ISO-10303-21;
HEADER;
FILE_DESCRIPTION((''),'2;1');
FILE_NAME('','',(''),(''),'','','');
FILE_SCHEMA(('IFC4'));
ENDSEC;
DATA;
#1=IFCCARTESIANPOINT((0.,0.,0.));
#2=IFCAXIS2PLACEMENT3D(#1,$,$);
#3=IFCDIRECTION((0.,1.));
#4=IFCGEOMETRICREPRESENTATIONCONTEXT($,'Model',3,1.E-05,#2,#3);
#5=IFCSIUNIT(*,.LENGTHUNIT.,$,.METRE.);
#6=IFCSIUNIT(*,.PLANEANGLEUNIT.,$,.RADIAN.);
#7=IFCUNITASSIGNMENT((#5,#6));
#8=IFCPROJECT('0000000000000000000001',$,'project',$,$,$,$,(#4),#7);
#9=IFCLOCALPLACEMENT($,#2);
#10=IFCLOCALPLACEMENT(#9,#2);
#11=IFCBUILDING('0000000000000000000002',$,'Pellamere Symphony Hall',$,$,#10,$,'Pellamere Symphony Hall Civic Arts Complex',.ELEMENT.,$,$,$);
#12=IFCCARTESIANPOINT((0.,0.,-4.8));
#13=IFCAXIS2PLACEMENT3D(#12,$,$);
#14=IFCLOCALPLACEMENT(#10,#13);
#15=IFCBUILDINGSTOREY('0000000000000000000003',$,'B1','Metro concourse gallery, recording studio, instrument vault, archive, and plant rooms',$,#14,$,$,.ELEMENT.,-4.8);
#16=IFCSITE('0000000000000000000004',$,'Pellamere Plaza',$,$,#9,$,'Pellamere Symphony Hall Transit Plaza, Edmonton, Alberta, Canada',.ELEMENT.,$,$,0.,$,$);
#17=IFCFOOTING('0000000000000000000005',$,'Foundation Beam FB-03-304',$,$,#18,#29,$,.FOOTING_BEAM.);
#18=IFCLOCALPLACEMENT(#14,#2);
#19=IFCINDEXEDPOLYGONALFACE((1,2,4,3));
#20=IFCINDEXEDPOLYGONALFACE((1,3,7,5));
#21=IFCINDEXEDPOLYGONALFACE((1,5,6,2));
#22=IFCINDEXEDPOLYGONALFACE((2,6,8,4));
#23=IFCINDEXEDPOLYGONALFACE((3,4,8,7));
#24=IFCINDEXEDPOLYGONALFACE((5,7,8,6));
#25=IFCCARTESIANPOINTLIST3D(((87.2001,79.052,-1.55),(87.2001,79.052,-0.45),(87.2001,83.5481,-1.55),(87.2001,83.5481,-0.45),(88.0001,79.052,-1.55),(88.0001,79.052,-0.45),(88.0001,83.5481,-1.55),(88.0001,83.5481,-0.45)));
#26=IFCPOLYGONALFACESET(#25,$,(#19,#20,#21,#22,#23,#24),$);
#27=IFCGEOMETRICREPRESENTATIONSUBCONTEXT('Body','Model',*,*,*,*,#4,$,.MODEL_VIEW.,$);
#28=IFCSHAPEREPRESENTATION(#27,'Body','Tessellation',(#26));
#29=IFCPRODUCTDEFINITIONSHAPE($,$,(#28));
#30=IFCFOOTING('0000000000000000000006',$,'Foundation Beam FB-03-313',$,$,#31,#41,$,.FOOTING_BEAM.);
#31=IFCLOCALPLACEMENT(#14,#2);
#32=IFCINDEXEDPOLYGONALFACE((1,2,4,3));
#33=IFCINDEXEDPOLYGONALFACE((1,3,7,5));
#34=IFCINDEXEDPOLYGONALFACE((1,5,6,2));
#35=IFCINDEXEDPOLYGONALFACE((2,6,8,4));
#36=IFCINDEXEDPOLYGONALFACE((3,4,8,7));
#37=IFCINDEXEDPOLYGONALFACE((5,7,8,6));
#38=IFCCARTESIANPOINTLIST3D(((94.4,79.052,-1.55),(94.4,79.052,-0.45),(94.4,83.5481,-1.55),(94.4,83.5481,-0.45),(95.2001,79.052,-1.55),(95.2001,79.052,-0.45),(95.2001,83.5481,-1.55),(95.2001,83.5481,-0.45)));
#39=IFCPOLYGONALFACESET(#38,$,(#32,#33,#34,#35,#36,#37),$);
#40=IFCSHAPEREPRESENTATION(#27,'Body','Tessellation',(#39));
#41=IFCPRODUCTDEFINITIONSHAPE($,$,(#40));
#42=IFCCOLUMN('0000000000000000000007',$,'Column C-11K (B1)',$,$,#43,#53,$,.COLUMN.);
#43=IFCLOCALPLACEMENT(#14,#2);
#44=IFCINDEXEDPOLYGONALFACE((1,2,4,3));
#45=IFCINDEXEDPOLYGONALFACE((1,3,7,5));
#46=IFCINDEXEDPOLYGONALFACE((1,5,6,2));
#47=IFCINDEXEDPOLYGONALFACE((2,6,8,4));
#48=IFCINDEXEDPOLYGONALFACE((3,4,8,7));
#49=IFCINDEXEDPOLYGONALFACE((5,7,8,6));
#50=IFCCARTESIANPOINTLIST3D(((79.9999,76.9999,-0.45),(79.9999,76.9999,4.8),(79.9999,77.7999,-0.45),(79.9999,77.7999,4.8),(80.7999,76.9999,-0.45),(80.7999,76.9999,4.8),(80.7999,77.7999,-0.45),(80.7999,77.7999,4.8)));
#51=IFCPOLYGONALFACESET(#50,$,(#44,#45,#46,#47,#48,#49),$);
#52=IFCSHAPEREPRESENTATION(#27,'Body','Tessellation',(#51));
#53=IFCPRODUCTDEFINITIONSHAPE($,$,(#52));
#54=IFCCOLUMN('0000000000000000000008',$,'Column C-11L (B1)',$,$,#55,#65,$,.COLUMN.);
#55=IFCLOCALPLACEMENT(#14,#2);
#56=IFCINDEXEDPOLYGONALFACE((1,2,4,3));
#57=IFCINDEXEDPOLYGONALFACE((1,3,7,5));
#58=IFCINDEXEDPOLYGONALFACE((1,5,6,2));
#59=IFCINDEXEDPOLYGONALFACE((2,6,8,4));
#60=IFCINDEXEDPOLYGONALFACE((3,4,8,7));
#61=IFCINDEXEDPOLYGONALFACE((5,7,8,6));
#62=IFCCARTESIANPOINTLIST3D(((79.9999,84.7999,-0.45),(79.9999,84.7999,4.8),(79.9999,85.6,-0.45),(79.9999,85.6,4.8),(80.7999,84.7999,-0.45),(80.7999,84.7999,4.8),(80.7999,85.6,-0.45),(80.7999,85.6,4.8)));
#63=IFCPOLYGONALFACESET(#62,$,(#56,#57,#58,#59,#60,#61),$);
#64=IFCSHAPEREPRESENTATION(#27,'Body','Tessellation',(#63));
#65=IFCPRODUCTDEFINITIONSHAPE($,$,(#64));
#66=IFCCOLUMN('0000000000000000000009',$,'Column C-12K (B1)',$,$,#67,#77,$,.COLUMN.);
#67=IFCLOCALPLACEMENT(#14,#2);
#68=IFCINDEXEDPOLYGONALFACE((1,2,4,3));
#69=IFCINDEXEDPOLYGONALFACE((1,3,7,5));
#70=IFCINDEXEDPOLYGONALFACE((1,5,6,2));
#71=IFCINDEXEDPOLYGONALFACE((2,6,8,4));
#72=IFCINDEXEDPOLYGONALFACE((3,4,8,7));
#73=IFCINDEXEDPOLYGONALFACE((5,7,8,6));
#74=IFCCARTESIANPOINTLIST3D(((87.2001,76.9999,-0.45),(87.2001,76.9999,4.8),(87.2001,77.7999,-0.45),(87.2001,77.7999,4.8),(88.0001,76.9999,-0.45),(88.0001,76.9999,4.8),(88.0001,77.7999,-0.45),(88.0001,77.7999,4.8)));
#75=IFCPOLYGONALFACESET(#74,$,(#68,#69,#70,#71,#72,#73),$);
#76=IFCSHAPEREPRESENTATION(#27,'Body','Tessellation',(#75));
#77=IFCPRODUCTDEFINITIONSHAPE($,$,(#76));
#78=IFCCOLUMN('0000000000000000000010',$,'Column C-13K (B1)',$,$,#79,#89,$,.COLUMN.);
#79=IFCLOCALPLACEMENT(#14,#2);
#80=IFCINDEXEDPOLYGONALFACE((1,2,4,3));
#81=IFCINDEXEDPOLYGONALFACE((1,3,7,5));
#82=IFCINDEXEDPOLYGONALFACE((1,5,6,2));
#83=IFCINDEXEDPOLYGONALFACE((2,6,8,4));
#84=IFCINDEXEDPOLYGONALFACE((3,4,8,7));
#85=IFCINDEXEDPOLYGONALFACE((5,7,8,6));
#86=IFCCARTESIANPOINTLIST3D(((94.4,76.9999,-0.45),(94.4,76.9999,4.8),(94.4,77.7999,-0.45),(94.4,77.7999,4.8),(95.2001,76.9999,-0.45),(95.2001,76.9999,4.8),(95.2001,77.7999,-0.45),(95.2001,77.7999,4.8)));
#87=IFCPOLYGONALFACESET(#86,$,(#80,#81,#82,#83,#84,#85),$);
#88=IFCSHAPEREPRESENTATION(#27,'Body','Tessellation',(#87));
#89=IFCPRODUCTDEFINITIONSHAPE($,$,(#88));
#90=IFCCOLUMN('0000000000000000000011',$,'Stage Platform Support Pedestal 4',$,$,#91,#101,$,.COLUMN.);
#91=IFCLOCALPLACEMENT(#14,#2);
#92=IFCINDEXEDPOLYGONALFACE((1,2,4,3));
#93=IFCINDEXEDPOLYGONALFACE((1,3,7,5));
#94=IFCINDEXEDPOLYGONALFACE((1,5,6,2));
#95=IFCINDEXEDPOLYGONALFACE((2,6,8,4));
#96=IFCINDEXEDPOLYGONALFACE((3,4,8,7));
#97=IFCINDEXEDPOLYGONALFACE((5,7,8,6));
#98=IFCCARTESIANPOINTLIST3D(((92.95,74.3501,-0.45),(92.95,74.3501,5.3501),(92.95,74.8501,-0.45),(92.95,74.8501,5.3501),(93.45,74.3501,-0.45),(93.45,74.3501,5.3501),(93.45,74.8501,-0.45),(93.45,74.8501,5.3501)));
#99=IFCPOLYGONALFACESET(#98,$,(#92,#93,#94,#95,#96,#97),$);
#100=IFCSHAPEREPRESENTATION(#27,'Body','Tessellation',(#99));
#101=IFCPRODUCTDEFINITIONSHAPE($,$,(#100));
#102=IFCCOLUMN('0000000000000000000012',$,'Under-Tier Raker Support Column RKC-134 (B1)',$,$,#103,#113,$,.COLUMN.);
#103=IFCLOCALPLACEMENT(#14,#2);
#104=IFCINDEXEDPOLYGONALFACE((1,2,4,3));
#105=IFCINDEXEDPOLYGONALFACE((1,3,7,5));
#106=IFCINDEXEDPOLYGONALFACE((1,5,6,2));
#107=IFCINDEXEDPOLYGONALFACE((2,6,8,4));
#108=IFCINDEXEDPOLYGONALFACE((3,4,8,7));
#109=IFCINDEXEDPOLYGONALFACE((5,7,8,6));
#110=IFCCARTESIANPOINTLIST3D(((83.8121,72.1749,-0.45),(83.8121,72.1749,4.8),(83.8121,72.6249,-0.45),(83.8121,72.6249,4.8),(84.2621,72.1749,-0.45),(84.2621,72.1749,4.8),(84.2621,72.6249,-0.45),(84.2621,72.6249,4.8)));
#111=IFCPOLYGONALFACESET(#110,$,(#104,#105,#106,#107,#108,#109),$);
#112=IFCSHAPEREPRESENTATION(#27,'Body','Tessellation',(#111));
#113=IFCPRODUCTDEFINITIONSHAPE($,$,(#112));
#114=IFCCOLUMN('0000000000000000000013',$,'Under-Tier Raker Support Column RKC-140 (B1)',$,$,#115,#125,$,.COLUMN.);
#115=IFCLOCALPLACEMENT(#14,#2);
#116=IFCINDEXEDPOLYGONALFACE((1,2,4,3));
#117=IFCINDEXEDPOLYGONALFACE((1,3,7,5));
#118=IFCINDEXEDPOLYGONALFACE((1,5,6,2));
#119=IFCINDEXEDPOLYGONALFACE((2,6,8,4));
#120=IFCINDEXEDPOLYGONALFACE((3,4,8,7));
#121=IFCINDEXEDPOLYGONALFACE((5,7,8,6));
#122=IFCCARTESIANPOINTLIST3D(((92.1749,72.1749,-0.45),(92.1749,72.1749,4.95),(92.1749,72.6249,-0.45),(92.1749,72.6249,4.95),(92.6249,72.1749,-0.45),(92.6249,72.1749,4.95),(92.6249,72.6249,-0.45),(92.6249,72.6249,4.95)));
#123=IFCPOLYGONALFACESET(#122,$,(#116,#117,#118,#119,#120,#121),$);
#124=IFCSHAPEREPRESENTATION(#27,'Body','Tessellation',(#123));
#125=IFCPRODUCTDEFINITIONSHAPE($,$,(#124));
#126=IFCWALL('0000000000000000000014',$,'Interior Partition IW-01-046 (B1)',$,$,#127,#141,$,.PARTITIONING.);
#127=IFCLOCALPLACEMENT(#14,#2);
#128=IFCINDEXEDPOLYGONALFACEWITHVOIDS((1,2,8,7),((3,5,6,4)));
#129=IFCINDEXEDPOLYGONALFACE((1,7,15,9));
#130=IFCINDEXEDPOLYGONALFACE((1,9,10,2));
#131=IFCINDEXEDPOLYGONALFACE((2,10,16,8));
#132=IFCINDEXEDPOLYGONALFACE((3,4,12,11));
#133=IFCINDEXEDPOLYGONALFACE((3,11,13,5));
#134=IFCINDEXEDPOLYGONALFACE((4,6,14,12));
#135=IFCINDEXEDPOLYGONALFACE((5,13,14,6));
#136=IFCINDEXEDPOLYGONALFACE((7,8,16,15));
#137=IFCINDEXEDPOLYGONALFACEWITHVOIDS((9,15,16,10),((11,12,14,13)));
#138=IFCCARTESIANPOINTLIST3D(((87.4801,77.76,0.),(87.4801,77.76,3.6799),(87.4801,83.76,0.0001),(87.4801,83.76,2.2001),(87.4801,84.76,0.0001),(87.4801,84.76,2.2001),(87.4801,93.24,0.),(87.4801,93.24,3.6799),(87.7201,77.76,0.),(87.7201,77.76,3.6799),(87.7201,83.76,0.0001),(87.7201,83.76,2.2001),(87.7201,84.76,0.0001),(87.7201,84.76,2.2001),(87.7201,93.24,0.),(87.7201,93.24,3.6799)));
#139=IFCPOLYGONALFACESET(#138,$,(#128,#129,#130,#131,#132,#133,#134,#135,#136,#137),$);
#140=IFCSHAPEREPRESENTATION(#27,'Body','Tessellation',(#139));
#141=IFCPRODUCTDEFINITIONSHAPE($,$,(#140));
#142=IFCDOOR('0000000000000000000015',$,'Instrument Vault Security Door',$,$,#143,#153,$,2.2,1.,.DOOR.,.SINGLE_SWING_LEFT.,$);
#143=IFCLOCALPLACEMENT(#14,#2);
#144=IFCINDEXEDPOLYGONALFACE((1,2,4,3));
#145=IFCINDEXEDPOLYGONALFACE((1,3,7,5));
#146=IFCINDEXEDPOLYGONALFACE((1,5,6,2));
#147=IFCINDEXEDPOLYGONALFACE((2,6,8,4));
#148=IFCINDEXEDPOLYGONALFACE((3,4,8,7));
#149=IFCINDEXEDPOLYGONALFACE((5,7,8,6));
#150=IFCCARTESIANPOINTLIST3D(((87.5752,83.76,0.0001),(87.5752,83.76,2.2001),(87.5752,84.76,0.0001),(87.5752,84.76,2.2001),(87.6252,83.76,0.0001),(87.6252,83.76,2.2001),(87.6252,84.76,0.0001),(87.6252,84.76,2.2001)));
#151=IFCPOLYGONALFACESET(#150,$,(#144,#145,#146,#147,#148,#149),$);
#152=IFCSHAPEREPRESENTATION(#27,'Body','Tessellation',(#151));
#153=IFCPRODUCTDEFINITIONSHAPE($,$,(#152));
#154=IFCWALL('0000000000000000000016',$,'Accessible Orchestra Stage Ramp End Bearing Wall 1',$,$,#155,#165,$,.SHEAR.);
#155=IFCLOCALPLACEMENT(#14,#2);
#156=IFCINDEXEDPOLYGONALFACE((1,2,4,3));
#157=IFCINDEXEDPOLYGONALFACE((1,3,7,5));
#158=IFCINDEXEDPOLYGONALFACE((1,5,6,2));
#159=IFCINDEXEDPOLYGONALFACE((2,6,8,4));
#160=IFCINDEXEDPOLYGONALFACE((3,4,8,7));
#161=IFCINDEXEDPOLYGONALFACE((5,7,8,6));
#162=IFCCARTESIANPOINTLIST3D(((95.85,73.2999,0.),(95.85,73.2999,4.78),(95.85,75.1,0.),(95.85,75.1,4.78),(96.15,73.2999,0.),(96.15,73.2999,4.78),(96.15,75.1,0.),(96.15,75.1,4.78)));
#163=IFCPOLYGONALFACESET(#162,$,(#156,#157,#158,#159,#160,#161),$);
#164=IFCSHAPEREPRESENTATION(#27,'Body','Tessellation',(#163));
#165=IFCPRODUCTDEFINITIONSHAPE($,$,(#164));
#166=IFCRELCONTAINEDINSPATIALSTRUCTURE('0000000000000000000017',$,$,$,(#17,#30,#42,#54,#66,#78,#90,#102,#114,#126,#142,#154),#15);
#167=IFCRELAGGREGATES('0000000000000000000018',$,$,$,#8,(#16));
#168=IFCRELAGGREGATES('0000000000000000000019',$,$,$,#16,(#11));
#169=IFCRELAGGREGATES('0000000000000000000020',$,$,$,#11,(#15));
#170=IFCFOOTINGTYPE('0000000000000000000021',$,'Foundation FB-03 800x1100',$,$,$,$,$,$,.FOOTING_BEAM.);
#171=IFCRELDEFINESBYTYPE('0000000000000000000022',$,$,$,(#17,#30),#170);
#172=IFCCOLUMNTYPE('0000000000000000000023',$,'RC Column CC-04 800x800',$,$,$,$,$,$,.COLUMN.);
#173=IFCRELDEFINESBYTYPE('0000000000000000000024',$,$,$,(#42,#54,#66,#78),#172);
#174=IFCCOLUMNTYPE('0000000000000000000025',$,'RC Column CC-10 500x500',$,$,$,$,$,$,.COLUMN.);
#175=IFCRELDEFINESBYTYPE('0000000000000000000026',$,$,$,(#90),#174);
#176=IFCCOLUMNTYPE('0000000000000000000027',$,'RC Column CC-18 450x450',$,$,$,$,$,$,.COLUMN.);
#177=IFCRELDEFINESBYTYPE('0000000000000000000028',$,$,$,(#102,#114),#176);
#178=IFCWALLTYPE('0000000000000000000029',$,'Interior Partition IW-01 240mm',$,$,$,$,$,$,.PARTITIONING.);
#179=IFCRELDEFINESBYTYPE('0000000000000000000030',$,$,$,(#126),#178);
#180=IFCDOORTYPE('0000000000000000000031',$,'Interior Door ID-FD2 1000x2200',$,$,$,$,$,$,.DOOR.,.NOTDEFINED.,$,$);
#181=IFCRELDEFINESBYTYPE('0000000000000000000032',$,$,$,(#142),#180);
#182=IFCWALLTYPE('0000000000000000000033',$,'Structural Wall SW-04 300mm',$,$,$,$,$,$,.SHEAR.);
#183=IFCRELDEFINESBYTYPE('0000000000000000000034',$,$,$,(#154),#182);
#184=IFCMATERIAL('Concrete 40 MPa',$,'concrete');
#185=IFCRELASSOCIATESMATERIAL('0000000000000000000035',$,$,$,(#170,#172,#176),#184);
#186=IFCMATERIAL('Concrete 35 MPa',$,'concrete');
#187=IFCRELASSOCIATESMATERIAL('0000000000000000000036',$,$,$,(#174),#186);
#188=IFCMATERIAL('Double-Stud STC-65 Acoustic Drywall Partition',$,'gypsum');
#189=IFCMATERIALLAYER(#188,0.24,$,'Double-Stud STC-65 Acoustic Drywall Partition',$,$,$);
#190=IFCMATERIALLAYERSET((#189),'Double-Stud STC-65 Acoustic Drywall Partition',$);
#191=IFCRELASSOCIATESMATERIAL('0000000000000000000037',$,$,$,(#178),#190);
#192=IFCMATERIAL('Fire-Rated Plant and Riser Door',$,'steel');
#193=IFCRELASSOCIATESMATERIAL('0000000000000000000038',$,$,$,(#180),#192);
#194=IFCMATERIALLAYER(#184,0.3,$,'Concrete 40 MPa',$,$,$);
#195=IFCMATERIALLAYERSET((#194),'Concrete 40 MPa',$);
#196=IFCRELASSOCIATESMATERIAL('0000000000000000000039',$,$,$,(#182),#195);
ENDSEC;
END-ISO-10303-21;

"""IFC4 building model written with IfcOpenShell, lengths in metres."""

from ifc_helpers import new_model, si_unit, direction, frame, frame_2d, origin, origin_2d, place, context, subcontext, project, spatial, rectangle, extrude, material, layer, layer_set, material_profile, profile_set, type_object, element, fill, save


model = new_model("IFC4")

# Units and contexts
model_context = context("Model", 3, precision=1e-05, world=origin(), true_north=direction((0.0, 1.0)))
body_context = subcontext(model_context, "Body", "Model", "MODEL_VIEW")
ifc_project = project(units=[si_unit("LENGTHUNIT", "METRE"), si_unit("PLANEANGLEUNIT", "RADIAN")], contexts=[model_context])

# Site, building, storey
site_placement = place(None, origin())
site = spatial("IfcSite", under=ifc_project, at=site_placement, Name="Pellamere Plaza", LongName="Pellamere Symphony Hall Transit Plaza, Edmonton, Alberta, Canada", CompositionType="ELEMENT", RefElevation=0.0)
building_placement = place(site_placement, origin())
building = spatial("IfcBuilding", under=site, at=building_placement, Name="Pellamere Symphony Hall", LongName="Pellamere Symphony Hall Civic Arts Complex", CompositionType="ELEMENT")
storey_placement = place(building_placement, frame((0.0, 0.0, -4.8)))
storey = spatial("IfcBuildingStorey", under=building, at=storey_placement, Name="B1", Description="Metro concourse gallery, recording studio, instrument vault, archive, and plant rooms", CompositionType="ELEMENT", Elevation=-4.8)

# Shared definitions
ifc_material_1 = material(Name="Concrete 35 MPa", Category="concrete")

# Footings
ifc_material_2 = material(Name="Concrete 40 MPa", Category="concrete")
ifc_material_profile_1 = material_profile(ifc_material_2, rectangle(XDim=0.8, YDim=1.1001, at=origin_2d()), Name="RC 800x1100")
ifc_profile_set_1 = profile_set([ifc_material_profile_1], Name="Concrete 40 MPa")
footing_type_1 = type_object("IfcFootingType", Name="Foundation FB-03 800x1100", PredefinedType="FOOTING_BEAM", material=ifc_profile_set_1)
for number, where, z_axis, x_axis, name in (
    (1, (87.6001, 79.052, -1.0), (0.0, 1.0, 0.0), (-1.0, 0.0, 0.0), "Foundation Beam FB-03-304"),
    (2, (94.8, 79.052, -1.0), (0.0, 1.0, 0.0), (-1.0, 0.0, 0.0), "Foundation Beam FB-03-313"),
):
    element("IfcFooting", number, at=place(storey_placement, frame(where, z_axis=z_axis, x_axis=x_axis)), inside=storey, type_object=footing_type_1, Name=name, PredefinedType="FOOTING_BEAM", context=body_context, shape_type="SweptSolid", body=[
        extrude(rectangle(XDim=0.8, YDim=1.1001, at=origin_2d()), origin(), (0.0, 0.0, 1.0), 4.4961),
    ])

# Columns
ifc_material_profile_2 = material_profile(ifc_material_2, rectangle(XDim=0.8, YDim=0.8, at=origin_2d()), Name="RC 800x800")
ifc_profile_set_2 = profile_set([ifc_material_profile_2], Name="Concrete 40 MPa")
column_type_1 = type_object("IfcColumnType", Name="RC Column CC-04 800x800", PredefinedType="COLUMN", material=ifc_profile_set_2)
for number, where, z_axis, x_axis, name in (
    (3, (80.3999, 77.3999, -0.45), (0.0, 0.0, 1.0), (1.0, 0.0, 0.0), "Column C-11K (B1)"),
    (4, (80.3999, 85.2, -0.45), (0.0, 0.0, 1.0), (1.0, 0.0, 0.0), "Column C-11L (B1)"),
    (5, (87.6001, 77.3999, -0.45), (0.0, 0.0, 1.0), (1.0, 0.0, 0.0), "Column C-12K (B1)"),
    (6, (94.8, 77.3999, -0.45), (0.0, 0.0, 1.0), (1.0, 0.0, 0.0), "Column C-13K (B1)"),
):
    element("IfcColumn", number, at=place(storey_placement, frame(where, z_axis=z_axis, x_axis=x_axis)), inside=storey, type_object=column_type_1, Name=name, PredefinedType="COLUMN", context=body_context, shape_type="SweptSolid", body=[
        extrude(rectangle(XDim=0.8, YDim=0.8, at=origin_2d()), origin(), (0.0, 0.0, 1.0), 5.25),
    ])
ifc_material_profile_3 = material_profile(ifc_material_1, rectangle(XDim=0.5, YDim=0.5, at=origin_2d()), Name="RC 500x500")
ifc_profile_set_3 = profile_set([ifc_material_profile_3], Name="Concrete 35 MPa")
column_type_2 = type_object("IfcColumnType", Name="RC Column CC-10 500x500", PredefinedType="COLUMN", material=ifc_profile_set_3)
column_1_placement = place(storey_placement, frame((93.2, 74.6001, -0.45), z_axis=(0.0, 0.0, 1.0), x_axis=(1.0, 0.0, 0.0)))
element("IfcColumn", 7, at=column_1_placement, inside=storey, type_object=column_type_2, Name="Stage Platform Support Pedestal 4", PredefinedType="COLUMN", context=body_context, shape_type="SweptSolid", body=[
    extrude(rectangle(XDim=0.5, YDim=0.5, at=origin_2d()), origin(), (0.0, 0.0, 1.0), 5.8),
])
ifc_material_profile_4 = material_profile(ifc_material_2, rectangle(XDim=0.45, YDim=0.45, at=origin_2d()), Name="RC 450x450")
ifc_profile_set_4 = profile_set([ifc_material_profile_4], Name="Concrete 40 MPa")
column_type_3 = type_object("IfcColumnType", Name="RC Column CC-18 450x450", PredefinedType="COLUMN", material=ifc_profile_set_4)
column_2_placement = place(storey_placement, frame((84.0371, 72.3999, -0.45), z_axis=(0.0, 0.0, 1.0), x_axis=(1.0, 0.0, 0.0)))
element("IfcColumn", 8, at=column_2_placement, inside=storey, type_object=column_type_3, Name="Under-Tier Raker Support Column RKC-134 (B1)", PredefinedType="COLUMN", context=body_context, shape_type="SweptSolid", body=[
    extrude(rectangle(XDim=0.45, YDim=0.45, at=origin_2d()), origin(), (0.0, 0.0, 1.0), 5.25),
])
column_3_placement = place(storey_placement, frame((92.3999, 72.3999, -0.45), z_axis=(0.0, 0.0, 1.0), x_axis=(1.0, 0.0, 0.0)))
element("IfcColumn", 9, at=column_3_placement, inside=storey, type_object=column_type_3, Name="Under-Tier Raker Support Column RKC-140 (B1)", PredefinedType="COLUMN", context=body_context, shape_type="SweptSolid", body=[
    extrude(rectangle(XDim=0.45, YDim=0.45, at=origin_2d()), origin(), (0.0, 0.0, 1.0), 5.3999),
])

# Wall, opening, door
ifc_material_3 = material(Name="Double-Stud STC-65 Acoustic Drywall Partition", Category="gypsum")
ifc_layer_1 = layer(ifc_material_3, 0.24, Name="Double-Stud STC-65 Acoustic Drywall Partition")
ifc_layer_set_1 = layer_set([ifc_layer_1], Name="Double-Stud STC-65 Acoustic Drywall Partition")
wall_type_1 = type_object("IfcWallType", Name="Interior Partition IW-01 240mm", PredefinedType="PARTITIONING", material=ifc_layer_set_1)
wall_1_placement = place(storey_placement, frame((87.6001, 77.76, 0.0), z_axis=(0.0, 0.0, 1.0), x_axis=(0.0, 1.0, 0.0)))
wall_1 = element("IfcWall", 10, at=wall_1_placement, inside=storey, type_object=wall_type_1, Name="Interior Partition IW-01-046 (B1)", PredefinedType="PARTITIONING", context=body_context, shape_type="SweptSolid", body=[
    extrude(rectangle(XDim=15.48, YDim=0.24, at=frame_2d((7.74, 0.0))), origin(), (0.0, 0.0, 1.0), 3.6799),
])
opening_placement = place(wall_1_placement, frame((6.0, 0.0, 0.0)))
opening = element("IfcOpeningElement", 11, at=opening_placement, cuts=wall_1, PredefinedType="OPENING", context=body_context, shape_type="SweptSolid", body=[
    extrude(rectangle(XDim=1.0, YDim=2.2, at=frame_2d((0.5, 1.1001))), frame((0.0, 0.1299, 0.0), z_axis=(0.0, -1.0, 0.0), x_axis=(1.0, 0.0, 0.0)), (0.0, 0.0, 1.0), 0.26),
])
ifc_material_4 = material(Name="Fire-Rated Plant and Riser Door", Category="steel")
door_type = type_object("IfcDoorType", Name="Interior Door ID-FD2 1000x2200", OperationType="NOTDEFINED", PredefinedType="DOOR", material=ifc_material_4)
door_placement = place(opening_placement, origin())
door = element("IfcDoor", 12, at=door_placement, inside=storey, type_object=door_type, Name="Instrument Vault Security Door", OperationType="SINGLE_SWING_LEFT", OverallHeight=2.2, OverallWidth=1.0, PredefinedType="DOOR", context=body_context, shape_type="SweptSolid", body=[
    extrude(rectangle(XDim=1.0, YDim=2.2, at=frame_2d((0.5, 1.1001))), frame((0.0, 0.0249, 0.0), z_axis=(0.0, -1.0, 0.0), x_axis=(1.0, 0.0, 0.0)), (0.0, 0.0, 1.0), 0.05),
])
fill(opening, door)

# Wall
ifc_layer_2 = layer(ifc_material_2, 0.3, Name="Concrete 40 MPa")
ifc_layer_set_2 = layer_set([ifc_layer_2], Name="Concrete 40 MPa")
wall_type_2 = type_object("IfcWallType", Name="Structural Wall SW-04 300mm", PredefinedType="SHEAR", material=ifc_layer_set_2)
wall_2_placement = place(storey_placement, frame((96.0, 73.3, 0.0), z_axis=(0.0, 0.0, 1.0), x_axis=(0.0, 1.0, 0.0)))
element("IfcWall", 13, at=wall_2_placement, inside=storey, type_object=wall_type_2, Name="Accessible Orchestra Stage Ramp End Bearing Wall 1", PredefinedType="SHEAR", context=body_context, shape_type="SweptSolid", body=[
    extrude(rectangle(XDim=1.8, YDim=0.3, at=frame_2d((0.8999, 0.0))), origin(), (0.0, 0.0, 1.0), 4.78),
])

save(model, "model.ifc")
